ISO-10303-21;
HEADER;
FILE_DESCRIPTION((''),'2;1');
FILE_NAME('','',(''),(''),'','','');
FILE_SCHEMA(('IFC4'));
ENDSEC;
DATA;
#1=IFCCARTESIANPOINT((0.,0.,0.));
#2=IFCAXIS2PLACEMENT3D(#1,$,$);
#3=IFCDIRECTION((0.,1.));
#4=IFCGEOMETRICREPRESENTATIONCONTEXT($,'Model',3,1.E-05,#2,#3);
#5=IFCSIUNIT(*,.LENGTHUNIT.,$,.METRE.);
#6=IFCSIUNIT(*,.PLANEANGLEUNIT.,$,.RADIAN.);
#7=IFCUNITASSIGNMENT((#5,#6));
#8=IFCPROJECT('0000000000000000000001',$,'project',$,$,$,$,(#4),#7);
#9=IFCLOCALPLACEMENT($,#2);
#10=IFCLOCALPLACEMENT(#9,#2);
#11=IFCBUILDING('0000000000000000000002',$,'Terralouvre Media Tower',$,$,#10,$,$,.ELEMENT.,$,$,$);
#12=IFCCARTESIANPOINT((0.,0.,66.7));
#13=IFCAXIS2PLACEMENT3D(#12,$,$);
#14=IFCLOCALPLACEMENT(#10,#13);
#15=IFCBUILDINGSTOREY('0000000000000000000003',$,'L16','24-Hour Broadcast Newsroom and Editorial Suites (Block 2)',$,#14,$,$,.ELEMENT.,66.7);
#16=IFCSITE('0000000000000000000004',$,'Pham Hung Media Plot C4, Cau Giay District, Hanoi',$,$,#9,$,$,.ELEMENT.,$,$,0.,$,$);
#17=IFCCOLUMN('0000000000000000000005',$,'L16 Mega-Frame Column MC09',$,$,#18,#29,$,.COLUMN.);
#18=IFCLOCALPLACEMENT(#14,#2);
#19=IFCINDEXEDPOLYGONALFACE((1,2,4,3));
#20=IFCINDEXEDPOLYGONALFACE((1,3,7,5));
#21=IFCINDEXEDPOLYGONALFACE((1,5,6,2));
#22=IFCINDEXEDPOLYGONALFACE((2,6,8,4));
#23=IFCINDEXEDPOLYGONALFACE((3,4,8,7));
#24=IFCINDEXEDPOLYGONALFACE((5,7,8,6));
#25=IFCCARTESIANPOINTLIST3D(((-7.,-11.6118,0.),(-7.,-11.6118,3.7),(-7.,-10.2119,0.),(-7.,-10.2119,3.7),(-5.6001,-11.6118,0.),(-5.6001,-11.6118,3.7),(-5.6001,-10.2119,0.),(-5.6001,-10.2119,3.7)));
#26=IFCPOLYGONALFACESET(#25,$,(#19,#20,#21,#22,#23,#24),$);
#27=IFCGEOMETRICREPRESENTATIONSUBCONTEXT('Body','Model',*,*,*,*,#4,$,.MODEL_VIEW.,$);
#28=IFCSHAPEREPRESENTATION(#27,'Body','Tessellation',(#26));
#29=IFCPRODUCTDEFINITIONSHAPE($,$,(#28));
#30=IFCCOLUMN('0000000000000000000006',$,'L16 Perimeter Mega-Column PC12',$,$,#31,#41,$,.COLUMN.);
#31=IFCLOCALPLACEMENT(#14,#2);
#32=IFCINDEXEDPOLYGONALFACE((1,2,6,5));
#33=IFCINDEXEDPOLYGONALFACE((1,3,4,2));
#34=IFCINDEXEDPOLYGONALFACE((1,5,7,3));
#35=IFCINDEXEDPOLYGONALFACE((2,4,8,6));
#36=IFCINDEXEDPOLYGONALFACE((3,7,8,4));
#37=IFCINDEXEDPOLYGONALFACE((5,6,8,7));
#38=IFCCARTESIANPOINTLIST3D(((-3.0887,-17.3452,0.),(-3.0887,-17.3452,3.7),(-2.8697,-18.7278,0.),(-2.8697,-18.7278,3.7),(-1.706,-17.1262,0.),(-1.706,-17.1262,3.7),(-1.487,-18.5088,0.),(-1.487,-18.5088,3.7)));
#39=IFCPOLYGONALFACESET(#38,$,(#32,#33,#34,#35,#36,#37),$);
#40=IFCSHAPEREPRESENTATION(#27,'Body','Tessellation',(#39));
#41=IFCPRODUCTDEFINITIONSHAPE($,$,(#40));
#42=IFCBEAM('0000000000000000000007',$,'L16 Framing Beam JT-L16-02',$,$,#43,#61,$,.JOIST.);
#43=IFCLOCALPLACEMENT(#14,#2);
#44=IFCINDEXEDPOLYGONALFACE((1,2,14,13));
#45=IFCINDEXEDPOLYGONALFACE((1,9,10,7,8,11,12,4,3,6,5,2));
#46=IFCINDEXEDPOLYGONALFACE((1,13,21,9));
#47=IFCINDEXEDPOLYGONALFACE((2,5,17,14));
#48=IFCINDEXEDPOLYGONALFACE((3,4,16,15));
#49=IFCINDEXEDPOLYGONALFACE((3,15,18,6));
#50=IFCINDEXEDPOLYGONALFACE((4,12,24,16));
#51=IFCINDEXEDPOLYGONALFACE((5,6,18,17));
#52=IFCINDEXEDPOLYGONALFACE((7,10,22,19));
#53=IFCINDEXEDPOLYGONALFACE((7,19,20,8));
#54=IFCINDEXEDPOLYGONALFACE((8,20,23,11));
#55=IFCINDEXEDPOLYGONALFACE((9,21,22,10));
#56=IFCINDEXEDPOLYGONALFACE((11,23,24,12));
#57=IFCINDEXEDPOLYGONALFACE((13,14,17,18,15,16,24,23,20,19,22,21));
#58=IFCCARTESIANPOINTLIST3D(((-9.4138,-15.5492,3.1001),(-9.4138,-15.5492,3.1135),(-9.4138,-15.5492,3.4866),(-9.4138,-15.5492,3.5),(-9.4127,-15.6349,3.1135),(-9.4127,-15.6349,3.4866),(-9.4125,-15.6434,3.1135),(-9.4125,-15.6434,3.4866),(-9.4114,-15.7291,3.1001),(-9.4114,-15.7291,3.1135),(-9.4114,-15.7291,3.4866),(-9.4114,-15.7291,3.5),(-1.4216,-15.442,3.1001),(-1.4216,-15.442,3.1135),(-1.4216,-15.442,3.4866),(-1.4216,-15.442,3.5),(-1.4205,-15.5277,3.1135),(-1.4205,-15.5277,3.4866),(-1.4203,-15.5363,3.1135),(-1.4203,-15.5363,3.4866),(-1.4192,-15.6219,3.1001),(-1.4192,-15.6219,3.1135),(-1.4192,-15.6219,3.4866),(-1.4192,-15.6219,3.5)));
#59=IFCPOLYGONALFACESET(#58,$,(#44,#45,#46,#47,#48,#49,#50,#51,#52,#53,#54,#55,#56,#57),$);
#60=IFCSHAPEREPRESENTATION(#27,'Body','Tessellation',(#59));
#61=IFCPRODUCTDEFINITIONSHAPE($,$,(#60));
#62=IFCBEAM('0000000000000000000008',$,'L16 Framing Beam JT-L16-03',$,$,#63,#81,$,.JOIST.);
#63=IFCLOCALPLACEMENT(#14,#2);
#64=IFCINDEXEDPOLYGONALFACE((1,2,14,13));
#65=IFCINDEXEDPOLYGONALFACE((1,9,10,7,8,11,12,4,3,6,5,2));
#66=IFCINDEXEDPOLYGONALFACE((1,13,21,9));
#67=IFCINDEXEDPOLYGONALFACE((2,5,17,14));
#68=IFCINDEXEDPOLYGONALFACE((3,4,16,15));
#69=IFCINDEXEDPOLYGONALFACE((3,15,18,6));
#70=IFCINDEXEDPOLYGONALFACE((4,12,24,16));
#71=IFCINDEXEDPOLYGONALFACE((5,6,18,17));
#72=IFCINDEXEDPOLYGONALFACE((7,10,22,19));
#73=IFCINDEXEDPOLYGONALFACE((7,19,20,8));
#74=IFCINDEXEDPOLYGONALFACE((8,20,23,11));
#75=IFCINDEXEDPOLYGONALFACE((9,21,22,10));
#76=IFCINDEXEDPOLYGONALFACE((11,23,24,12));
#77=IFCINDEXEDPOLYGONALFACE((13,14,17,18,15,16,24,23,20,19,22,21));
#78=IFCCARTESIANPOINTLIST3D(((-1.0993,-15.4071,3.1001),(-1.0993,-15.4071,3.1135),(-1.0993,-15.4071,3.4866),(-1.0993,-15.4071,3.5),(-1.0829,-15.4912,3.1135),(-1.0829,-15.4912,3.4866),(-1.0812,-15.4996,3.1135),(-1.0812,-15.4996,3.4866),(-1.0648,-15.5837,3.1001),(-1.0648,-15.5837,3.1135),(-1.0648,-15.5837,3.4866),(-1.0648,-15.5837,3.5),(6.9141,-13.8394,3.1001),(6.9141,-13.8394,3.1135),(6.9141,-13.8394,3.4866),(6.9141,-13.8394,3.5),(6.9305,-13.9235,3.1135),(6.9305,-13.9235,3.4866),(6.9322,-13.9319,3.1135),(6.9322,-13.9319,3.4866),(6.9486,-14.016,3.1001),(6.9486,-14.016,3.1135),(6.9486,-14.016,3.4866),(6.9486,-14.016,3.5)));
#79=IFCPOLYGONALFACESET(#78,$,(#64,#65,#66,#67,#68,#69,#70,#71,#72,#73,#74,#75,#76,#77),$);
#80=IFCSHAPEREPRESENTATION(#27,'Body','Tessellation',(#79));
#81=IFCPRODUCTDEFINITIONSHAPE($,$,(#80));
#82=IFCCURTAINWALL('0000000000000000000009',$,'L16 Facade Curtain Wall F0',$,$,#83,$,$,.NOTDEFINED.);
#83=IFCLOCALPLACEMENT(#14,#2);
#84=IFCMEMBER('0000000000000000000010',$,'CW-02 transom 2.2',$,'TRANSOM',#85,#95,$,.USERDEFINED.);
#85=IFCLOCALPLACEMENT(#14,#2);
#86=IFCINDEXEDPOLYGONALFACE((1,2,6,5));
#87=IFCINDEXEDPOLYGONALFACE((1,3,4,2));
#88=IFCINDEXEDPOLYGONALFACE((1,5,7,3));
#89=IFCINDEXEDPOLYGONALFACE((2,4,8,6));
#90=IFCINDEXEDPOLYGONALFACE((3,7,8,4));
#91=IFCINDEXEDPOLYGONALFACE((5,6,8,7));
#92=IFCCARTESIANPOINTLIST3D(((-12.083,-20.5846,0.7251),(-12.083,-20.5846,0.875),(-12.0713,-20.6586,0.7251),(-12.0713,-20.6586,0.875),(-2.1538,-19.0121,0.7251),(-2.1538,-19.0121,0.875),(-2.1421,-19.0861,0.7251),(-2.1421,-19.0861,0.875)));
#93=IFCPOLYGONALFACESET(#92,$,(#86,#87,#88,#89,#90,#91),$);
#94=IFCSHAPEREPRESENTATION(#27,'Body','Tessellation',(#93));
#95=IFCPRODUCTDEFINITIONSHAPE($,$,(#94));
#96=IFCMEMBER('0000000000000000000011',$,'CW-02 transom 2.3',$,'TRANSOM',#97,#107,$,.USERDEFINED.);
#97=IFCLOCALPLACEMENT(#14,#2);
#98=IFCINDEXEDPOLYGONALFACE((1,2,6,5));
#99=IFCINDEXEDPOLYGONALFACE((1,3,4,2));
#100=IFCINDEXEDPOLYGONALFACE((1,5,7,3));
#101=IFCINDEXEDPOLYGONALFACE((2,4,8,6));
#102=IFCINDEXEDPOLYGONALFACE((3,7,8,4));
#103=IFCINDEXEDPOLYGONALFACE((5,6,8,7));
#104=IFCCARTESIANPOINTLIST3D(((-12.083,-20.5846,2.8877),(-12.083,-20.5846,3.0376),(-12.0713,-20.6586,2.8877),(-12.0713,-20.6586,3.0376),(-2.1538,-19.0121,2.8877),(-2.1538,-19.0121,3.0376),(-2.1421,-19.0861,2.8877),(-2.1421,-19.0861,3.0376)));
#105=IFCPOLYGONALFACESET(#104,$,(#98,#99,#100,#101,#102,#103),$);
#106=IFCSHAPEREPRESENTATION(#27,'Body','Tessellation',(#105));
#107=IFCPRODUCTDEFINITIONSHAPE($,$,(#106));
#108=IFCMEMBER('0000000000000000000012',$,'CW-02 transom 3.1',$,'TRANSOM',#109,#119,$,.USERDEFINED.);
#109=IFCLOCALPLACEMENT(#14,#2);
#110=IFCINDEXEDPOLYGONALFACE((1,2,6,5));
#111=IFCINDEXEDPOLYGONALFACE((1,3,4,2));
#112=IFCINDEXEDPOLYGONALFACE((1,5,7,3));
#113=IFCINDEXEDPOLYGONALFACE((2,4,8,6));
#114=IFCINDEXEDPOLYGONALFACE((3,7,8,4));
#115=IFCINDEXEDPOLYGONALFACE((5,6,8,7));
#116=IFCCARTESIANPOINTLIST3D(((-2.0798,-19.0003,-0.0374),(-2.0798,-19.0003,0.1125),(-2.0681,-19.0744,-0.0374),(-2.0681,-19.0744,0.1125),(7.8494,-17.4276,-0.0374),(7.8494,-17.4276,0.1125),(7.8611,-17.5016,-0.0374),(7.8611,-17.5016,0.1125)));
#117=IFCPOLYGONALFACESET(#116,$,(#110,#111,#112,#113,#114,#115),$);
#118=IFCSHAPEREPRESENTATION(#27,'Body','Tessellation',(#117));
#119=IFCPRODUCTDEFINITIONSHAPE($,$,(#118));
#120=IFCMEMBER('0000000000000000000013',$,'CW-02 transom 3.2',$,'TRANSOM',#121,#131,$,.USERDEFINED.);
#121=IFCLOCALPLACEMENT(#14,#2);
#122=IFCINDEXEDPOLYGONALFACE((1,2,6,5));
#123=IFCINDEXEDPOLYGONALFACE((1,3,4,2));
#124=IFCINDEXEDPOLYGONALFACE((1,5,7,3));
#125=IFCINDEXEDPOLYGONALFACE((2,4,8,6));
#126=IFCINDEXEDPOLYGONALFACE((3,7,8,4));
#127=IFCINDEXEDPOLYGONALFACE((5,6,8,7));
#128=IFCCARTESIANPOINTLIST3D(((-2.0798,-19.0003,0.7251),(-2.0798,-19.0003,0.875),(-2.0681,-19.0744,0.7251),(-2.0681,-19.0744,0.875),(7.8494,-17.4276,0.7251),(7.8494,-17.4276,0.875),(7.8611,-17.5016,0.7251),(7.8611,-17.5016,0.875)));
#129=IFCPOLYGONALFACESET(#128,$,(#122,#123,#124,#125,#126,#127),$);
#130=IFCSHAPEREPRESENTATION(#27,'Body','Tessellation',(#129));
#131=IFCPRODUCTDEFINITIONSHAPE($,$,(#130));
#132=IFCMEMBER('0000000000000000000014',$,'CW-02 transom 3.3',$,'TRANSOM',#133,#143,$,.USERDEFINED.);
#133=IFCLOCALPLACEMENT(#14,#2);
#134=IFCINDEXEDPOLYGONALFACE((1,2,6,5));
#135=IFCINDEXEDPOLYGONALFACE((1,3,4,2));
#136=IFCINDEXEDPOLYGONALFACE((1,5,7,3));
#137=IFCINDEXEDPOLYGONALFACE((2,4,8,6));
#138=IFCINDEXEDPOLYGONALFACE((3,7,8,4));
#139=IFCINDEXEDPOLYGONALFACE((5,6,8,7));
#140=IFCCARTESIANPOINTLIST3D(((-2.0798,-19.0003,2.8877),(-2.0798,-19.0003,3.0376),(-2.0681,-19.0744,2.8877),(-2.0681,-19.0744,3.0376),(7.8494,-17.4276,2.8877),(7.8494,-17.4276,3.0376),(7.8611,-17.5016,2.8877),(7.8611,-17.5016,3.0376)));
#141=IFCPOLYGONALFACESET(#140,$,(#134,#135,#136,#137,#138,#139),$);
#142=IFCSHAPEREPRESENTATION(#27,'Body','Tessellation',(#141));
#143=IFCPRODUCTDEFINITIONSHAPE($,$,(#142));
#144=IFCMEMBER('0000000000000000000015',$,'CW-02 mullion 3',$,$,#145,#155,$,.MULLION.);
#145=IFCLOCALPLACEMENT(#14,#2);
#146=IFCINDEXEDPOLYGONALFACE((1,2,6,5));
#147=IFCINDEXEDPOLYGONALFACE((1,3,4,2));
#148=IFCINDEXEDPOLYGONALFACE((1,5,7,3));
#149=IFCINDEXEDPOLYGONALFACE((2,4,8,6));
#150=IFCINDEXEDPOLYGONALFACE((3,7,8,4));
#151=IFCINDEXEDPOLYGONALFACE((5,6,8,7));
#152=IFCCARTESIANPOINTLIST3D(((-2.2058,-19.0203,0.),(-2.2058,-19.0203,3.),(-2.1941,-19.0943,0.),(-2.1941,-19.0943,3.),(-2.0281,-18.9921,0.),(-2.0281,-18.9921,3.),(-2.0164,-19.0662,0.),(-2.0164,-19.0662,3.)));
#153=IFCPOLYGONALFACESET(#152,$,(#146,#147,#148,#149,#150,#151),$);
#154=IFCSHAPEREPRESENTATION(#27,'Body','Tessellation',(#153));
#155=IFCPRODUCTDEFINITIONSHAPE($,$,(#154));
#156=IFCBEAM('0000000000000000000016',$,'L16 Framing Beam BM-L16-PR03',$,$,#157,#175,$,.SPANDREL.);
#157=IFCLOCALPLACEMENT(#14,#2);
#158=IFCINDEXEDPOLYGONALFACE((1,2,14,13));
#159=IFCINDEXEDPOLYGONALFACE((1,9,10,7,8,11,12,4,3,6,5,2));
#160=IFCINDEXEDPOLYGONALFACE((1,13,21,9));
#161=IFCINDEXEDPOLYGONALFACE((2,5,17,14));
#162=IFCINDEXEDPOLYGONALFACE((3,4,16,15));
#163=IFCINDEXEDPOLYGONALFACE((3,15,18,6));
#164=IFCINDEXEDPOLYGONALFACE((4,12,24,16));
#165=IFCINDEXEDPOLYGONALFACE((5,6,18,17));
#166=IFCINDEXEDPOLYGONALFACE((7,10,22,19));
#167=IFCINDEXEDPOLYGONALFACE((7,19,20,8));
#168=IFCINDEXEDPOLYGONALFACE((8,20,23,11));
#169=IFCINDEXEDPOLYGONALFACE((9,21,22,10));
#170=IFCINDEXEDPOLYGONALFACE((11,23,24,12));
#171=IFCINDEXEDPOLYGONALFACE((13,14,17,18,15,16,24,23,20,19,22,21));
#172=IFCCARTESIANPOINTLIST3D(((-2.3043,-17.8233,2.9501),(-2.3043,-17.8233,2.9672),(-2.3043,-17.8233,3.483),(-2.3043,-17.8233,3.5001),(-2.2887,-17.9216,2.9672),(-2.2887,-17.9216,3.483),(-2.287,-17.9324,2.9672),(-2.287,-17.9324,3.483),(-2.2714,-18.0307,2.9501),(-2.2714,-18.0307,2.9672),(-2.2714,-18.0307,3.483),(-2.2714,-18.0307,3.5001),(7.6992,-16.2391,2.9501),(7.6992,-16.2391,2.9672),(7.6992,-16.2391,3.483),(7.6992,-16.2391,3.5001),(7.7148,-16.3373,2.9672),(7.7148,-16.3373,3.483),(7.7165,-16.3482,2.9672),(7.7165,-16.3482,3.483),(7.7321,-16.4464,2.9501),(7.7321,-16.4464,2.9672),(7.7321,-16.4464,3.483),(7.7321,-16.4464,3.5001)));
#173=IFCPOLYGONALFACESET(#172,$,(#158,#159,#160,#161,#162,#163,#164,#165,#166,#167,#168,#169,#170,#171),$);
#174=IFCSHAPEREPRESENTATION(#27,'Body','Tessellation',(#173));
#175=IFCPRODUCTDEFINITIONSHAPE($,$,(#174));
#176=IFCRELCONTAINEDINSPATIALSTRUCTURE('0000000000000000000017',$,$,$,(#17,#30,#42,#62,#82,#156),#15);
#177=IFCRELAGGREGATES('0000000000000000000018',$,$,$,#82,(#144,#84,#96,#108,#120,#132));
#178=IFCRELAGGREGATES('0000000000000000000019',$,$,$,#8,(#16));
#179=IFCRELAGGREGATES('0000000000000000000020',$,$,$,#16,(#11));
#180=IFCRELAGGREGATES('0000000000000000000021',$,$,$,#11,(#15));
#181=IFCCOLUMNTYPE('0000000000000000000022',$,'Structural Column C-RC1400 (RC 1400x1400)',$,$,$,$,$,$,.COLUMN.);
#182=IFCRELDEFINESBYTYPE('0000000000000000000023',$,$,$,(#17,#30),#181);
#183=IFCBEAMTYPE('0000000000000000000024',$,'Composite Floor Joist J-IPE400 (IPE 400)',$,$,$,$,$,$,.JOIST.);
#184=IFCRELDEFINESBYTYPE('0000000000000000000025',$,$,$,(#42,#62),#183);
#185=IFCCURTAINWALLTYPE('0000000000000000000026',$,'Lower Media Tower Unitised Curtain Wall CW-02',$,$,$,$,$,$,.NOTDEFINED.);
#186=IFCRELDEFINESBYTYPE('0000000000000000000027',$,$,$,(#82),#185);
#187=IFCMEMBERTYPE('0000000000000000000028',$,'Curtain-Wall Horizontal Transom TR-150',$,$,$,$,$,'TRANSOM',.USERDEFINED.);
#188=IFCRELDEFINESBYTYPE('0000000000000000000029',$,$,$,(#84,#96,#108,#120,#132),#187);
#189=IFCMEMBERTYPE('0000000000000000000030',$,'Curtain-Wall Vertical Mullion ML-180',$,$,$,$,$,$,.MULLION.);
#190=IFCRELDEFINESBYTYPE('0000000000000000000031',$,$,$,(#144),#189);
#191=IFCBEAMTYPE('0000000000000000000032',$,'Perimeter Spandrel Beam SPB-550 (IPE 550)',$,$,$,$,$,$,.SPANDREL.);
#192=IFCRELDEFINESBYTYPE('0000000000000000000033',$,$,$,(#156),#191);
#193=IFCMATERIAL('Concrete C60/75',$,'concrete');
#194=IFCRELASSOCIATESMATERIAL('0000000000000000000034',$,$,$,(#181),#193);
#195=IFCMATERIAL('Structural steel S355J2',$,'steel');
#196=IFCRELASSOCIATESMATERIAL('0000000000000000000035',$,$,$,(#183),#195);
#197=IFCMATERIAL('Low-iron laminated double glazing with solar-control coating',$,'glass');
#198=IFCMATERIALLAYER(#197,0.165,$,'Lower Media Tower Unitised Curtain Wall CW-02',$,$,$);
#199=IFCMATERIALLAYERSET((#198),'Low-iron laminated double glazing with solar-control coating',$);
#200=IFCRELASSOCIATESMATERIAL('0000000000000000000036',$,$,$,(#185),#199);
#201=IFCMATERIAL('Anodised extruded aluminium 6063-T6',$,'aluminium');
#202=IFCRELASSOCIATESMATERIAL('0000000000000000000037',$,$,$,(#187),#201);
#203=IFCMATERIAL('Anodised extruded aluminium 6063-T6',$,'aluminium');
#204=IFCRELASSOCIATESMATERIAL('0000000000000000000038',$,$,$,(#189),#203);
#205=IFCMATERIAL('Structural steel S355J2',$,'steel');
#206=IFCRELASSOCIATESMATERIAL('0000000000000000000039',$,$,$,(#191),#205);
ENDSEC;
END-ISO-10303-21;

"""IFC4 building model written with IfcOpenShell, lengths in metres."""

from ifc_helpers import new_model, si_unit, direction, frame, origin, origin_2d, place, context, subcontext, project, spatial, rectangle, i_section, extrude, material, layer, layer_set, material_profile, profile_set, type_object, element, aggregate, save


model = new_model("IFC4")

# Units and contexts
model_context = context("Model", 3, precision=1e-05, world=origin(), true_north=direction((0.0, 1.0)))
body_context = subcontext(model_context, "Body", "Model", "MODEL_VIEW")
ifc_project = project(units=[si_unit("LENGTHUNIT", "METRE"), si_unit("PLANEANGLEUNIT", "RADIAN")], contexts=[model_context])

# Site, building, storey
site_placement = place(None, origin())
site = spatial("IfcSite", under=ifc_project, at=site_placement, Name="Pham Hung Media Plot C4, Cau Giay District, Hanoi", CompositionType="ELEMENT", RefElevation=0.0)
building_placement = place(site_placement, origin())
building = spatial("IfcBuilding", under=site, at=building_placement, Name="Terralouvre Media Tower", CompositionType="ELEMENT")
storey_placement = place(building_placement, frame((0.0, 0.0, 66.7)))
storey = spatial("IfcBuildingStorey", under=building, at=storey_placement, Name="L16", Description="24-Hour Broadcast Newsroom and Editorial Suites (Block 2)", CompositionType="ELEMENT", Elevation=66.7)

# Columns
ifc_material_1 = material(Name="Concrete C60/75", Category="concrete")
ifc_material_profile_1 = material_profile(ifc_material_1, rectangle(XDim=1.3999, YDim=1.3999, at=origin_2d()), Name="RC 1400x1400")
ifc_profile_set_1 = profile_set([ifc_material_profile_1], Name="Concrete C60/75")
column_type = type_object("IfcColumnType", Name="Structural Column C-RC1400 (RC 1400x1400)", PredefinedType="COLUMN", material=ifc_profile_set_1)
for number, where, z_axis, x_axis, name in (
    (1, (-6.3, -10.9119, 0.0), (0.0, 0.0, 1.0), (1.0, 0.0, 0.0), "L16 Mega-Frame Column MC09"),
    (2, (-2.2878, -17.927, 0.0), (0.0, 0.0, 1.0), (0.987688, 0.156434, 0.0), "L16 Perimeter Mega-Column PC12"),
):
    element("IfcColumn", number, at=place(storey_placement, frame(where, z_axis=z_axis, x_axis=x_axis)), inside=storey, type_object=column_type, Name=name, PredefinedType="COLUMN", context=body_context, shape_type="SweptSolid", body=[
        extrude(rectangle(XDim=1.3999, YDim=1.3999, at=origin_2d()), origin(), (0.0, 0.0, 1.0), 3.7),
    ])

# Beams
ifc_material_2 = material(Name="Structural steel S355J2", Category="steel")
ifc_material_profile_2 = material_profile(ifc_material_2, i_section(OverallWidth=0.1799, OverallDepth=0.3999, WebThickness=0.0085, FlangeThickness=0.0134, at=origin_2d()), Name="IPE 400")
ifc_profile_set_2 = profile_set([ifc_material_profile_2], Name="Structural steel S355J2")
beam_type_1 = type_object("IfcBeamType", Name="Composite Floor Joist J-IPE400 (IPE 400)", PredefinedType="JOIST", material=ifc_profile_set_2)
beam_1_placement = place(storey_placement, frame((-9.4126, -15.6392, 3.3), z_axis=(0.99991, 0.013409, 0.0), x_axis=(-0.013409, 0.99991, 0.0)))
element("IfcBeam", 3, at=beam_1_placement, inside=storey, type_object=beam_type_1, Name="L16 Framing Beam JT-L16-02", PredefinedType="JOIST", context=body_context, shape_type="SweptSolid", body=[
    extrude(i_section(OverallWidth=0.1799, OverallDepth=0.3999, WebThickness=0.0085, FlangeThickness=0.0134, at=origin_2d()), origin(), (0.0, 0.0, 1.0), 7.9929),
])
beam_2_placement = place(storey_placement, frame((-1.082, -15.4954, 3.3), z_axis=(0.981398, 0.191986, 0.0), x_axis=(-0.191986, 0.981398, 0.0)))
element("IfcBeam", 4, at=beam_2_placement, inside=storey, type_object=beam_type_1, Name="L16 Framing Beam JT-L16-03", PredefinedType="JOIST", context=body_context, shape_type="SweptSolid", body=[
    extrude(i_section(OverallWidth=0.1799, OverallDepth=0.3999, WebThickness=0.0085, FlangeThickness=0.0134, at=origin_2d()), origin(), (0.0, 0.0, 1.0), 8.1653),
])

# Curtain wall, members
ifc_material_3 = material(Name="Low-iron laminated double glazing with solar-control coating", Category="glass")
ifc_layer_1 = layer(ifc_material_3, 0.165, Name="Lower Media Tower Unitised Curtain Wall CW-02")
ifc_layer_set_1 = layer_set([ifc_layer_1], Name="Low-iron laminated double glazing with solar-control coating")
curtain_wall_type = type_object("IfcCurtainWallType", Name="Lower Media Tower Unitised Curtain Wall CW-02", PredefinedType="NOTDEFINED", material=ifc_layer_set_1)
curtain_wall_placement = place(storey_placement, origin())
curtain_wall = element("IfcCurtainWall", 5, at=curtain_wall_placement, inside=storey, type_object=curtain_wall_type, Name="L16 Facade Curtain Wall F0", PredefinedType="NOTDEFINED")
ifc_material_4 = material(Name="Anodised extruded aluminium 6063-T6", Category="aluminium")
ifc_material_profile_3 = material_profile(ifc_material_4, rectangle(XDim=0.075, YDim=0.1499, at=origin_2d()), Name="ALU 75x150")
ifc_profile_set_3 = profile_set([ifc_material_profile_3], Name="Anodised extruded aluminium 6063-T6")
member_type_1 = type_object("IfcMemberType", Name="Curtain-Wall Horizontal Transom TR-150", ElementType="TRANSOM", PredefinedType="USERDEFINED", material=ifc_profile_set_3)
member_1_placement = place(storey_placement, frame((-12.0771, -20.6216, 0.8), z_axis=(0.98769, 0.156423, 0.0), x_axis=(-0.156423, 0.98769, 0.0)))
member_1 = element("IfcMember", 6, at=member_1_placement, type_object=member_type_1, Name="CW-02 transom 2.2", ObjectType="TRANSOM", PredefinedType="USERDEFINED", context=body_context, shape_type="SweptSolid", body=[
    extrude(rectangle(XDim=0.075, YDim=0.1499, at=origin_2d()), origin(), (0.0, 0.0, 1.0), 10.053),
])
member_2_placement = place(storey_placement, frame((-12.0771, -20.6216, 2.9626), z_axis=(0.98769, 0.156423, 0.0), x_axis=(-0.156423, 0.98769, 0.0)))
member_2 = element("IfcMember", 7, at=member_2_placement, type_object=member_type_1, Name="CW-02 transom 2.3", ObjectType="TRANSOM", PredefinedType="USERDEFINED", context=body_context, shape_type="SweptSolid", body=[
    extrude(rectangle(XDim=0.075, YDim=0.1499, at=origin_2d()), origin(), (0.0, 0.0, 1.0), 10.053),
])
member_3_placement = place(storey_placement, frame((-2.074, -19.0374, 0.0376), z_axis=(0.987686, 0.156446, 0.0), x_axis=(-0.156446, 0.987686, 0.0)))
member_3 = element("IfcMember", 8, at=member_3_placement, type_object=member_type_1, Name="CW-02 transom 3.1", ObjectType="TRANSOM", PredefinedType="USERDEFINED", context=body_context, shape_type="SweptSolid", body=[
    extrude(rectangle(XDim=0.075, YDim=0.1499, at=origin_2d()), origin(), (0.0, 0.0, 1.0), 10.053),
])
member_4_placement = place(storey_placement, frame((-2.074, -19.0374, 0.8), z_axis=(0.987686, 0.156446, 0.0), x_axis=(-0.156446, 0.987686, 0.0)))
member_4 = element("IfcMember", 9, at=member_4_placement, type_object=member_type_1, Name="CW-02 transom 3.2", ObjectType="TRANSOM", PredefinedType="USERDEFINED", context=body_context, shape_type="SweptSolid", body=[
    extrude(rectangle(XDim=0.075, YDim=0.1499, at=origin_2d()), origin(), (0.0, 0.0, 1.0), 10.053),
])
member_5_placement = place(storey_placement, frame((-2.074, -19.0374, 2.9626), z_axis=(0.987686, 0.156446, 0.0), x_axis=(-0.156446, 0.987686, 0.0)))
member_5 = element("IfcMember", 10, at=member_5_placement, type_object=member_type_1, Name="CW-02 transom 3.3", ObjectType="TRANSOM", PredefinedType="USERDEFINED", context=body_context, shape_type="SweptSolid", body=[
    extrude(rectangle(XDim=0.075, YDim=0.1499, at=origin_2d()), origin(), (0.0, 0.0, 1.0), 10.053),
])
ifc_material_5 = material(Name="Anodised extruded aluminium 6063-T6", Category="aluminium")
ifc_material_profile_4 = material_profile(ifc_material_5, rectangle(XDim=0.075, YDim=0.1799, at=origin_2d()), Name="ALU 75x180")
ifc_profile_set_4 = profile_set([ifc_material_profile_4], Name="Anodised extruded aluminium 6063-T6")
member_type_2 = type_object("IfcMemberType", Name="Curtain-Wall Vertical Mullion ML-180", PredefinedType="MULLION", material=ifc_profile_set_4)
member_6_placement = place(storey_placement, frame((-2.1111, -19.0432, 0.0), z_axis=(0.0, 0.0, 1.0), x_axis=(-0.156434, 0.987688, 0.0)))
member_6 = element("IfcMember", 11, at=member_6_placement, type_object=member_type_2, Name="CW-02 mullion 3", PredefinedType="MULLION", context=body_context, shape_type="SweptSolid", body=[
    extrude(rectangle(XDim=0.075, YDim=0.1799, at=origin_2d()), origin(), (0.0, 0.0, 1.0), 3.0),
])

# Beam
ifc_material_6 = material(Name="Structural steel S355J2", Category="steel")
ifc_material_profile_5 = material_profile(ifc_material_6, i_section(OverallWidth=0.21, OverallDepth=0.55, WebThickness=0.011, FlangeThickness=0.0171, at=origin_2d()), Name="IPE 550")
ifc_profile_set_5 = profile_set([ifc_material_profile_5], Name="Structural steel S355J2")
beam_type_2 = type_object("IfcBeamType", Name="Perimeter Spandrel Beam SPB-550 (IPE 550)", PredefinedType="SPANDREL", material=ifc_profile_set_5)
beam_3_placement = place(storey_placement, frame((-2.2878, -17.927, 3.2251), z_axis=(0.987691, 0.156419, 0.0), x_axis=(-0.156419, 0.987691, 0.0)))
element("IfcBeam", 12, at=beam_3_placement, inside=storey, type_object=beam_type_2, Name="L16 Framing Beam BM-L16-PR03", PredefinedType="SPANDREL", context=body_context, shape_type="SweptSolid", body=[
    extrude(i_section(OverallWidth=0.21, OverallDepth=0.55, WebThickness=0.011, FlangeThickness=0.0171, at=origin_2d()), origin(), (0.0, 0.0, 1.0), 10.1282),
])

aggregate(curtain_wall, [member_6, member_1, member_2, member_3, member_4, member_5])

save(model, "model.ifc")
